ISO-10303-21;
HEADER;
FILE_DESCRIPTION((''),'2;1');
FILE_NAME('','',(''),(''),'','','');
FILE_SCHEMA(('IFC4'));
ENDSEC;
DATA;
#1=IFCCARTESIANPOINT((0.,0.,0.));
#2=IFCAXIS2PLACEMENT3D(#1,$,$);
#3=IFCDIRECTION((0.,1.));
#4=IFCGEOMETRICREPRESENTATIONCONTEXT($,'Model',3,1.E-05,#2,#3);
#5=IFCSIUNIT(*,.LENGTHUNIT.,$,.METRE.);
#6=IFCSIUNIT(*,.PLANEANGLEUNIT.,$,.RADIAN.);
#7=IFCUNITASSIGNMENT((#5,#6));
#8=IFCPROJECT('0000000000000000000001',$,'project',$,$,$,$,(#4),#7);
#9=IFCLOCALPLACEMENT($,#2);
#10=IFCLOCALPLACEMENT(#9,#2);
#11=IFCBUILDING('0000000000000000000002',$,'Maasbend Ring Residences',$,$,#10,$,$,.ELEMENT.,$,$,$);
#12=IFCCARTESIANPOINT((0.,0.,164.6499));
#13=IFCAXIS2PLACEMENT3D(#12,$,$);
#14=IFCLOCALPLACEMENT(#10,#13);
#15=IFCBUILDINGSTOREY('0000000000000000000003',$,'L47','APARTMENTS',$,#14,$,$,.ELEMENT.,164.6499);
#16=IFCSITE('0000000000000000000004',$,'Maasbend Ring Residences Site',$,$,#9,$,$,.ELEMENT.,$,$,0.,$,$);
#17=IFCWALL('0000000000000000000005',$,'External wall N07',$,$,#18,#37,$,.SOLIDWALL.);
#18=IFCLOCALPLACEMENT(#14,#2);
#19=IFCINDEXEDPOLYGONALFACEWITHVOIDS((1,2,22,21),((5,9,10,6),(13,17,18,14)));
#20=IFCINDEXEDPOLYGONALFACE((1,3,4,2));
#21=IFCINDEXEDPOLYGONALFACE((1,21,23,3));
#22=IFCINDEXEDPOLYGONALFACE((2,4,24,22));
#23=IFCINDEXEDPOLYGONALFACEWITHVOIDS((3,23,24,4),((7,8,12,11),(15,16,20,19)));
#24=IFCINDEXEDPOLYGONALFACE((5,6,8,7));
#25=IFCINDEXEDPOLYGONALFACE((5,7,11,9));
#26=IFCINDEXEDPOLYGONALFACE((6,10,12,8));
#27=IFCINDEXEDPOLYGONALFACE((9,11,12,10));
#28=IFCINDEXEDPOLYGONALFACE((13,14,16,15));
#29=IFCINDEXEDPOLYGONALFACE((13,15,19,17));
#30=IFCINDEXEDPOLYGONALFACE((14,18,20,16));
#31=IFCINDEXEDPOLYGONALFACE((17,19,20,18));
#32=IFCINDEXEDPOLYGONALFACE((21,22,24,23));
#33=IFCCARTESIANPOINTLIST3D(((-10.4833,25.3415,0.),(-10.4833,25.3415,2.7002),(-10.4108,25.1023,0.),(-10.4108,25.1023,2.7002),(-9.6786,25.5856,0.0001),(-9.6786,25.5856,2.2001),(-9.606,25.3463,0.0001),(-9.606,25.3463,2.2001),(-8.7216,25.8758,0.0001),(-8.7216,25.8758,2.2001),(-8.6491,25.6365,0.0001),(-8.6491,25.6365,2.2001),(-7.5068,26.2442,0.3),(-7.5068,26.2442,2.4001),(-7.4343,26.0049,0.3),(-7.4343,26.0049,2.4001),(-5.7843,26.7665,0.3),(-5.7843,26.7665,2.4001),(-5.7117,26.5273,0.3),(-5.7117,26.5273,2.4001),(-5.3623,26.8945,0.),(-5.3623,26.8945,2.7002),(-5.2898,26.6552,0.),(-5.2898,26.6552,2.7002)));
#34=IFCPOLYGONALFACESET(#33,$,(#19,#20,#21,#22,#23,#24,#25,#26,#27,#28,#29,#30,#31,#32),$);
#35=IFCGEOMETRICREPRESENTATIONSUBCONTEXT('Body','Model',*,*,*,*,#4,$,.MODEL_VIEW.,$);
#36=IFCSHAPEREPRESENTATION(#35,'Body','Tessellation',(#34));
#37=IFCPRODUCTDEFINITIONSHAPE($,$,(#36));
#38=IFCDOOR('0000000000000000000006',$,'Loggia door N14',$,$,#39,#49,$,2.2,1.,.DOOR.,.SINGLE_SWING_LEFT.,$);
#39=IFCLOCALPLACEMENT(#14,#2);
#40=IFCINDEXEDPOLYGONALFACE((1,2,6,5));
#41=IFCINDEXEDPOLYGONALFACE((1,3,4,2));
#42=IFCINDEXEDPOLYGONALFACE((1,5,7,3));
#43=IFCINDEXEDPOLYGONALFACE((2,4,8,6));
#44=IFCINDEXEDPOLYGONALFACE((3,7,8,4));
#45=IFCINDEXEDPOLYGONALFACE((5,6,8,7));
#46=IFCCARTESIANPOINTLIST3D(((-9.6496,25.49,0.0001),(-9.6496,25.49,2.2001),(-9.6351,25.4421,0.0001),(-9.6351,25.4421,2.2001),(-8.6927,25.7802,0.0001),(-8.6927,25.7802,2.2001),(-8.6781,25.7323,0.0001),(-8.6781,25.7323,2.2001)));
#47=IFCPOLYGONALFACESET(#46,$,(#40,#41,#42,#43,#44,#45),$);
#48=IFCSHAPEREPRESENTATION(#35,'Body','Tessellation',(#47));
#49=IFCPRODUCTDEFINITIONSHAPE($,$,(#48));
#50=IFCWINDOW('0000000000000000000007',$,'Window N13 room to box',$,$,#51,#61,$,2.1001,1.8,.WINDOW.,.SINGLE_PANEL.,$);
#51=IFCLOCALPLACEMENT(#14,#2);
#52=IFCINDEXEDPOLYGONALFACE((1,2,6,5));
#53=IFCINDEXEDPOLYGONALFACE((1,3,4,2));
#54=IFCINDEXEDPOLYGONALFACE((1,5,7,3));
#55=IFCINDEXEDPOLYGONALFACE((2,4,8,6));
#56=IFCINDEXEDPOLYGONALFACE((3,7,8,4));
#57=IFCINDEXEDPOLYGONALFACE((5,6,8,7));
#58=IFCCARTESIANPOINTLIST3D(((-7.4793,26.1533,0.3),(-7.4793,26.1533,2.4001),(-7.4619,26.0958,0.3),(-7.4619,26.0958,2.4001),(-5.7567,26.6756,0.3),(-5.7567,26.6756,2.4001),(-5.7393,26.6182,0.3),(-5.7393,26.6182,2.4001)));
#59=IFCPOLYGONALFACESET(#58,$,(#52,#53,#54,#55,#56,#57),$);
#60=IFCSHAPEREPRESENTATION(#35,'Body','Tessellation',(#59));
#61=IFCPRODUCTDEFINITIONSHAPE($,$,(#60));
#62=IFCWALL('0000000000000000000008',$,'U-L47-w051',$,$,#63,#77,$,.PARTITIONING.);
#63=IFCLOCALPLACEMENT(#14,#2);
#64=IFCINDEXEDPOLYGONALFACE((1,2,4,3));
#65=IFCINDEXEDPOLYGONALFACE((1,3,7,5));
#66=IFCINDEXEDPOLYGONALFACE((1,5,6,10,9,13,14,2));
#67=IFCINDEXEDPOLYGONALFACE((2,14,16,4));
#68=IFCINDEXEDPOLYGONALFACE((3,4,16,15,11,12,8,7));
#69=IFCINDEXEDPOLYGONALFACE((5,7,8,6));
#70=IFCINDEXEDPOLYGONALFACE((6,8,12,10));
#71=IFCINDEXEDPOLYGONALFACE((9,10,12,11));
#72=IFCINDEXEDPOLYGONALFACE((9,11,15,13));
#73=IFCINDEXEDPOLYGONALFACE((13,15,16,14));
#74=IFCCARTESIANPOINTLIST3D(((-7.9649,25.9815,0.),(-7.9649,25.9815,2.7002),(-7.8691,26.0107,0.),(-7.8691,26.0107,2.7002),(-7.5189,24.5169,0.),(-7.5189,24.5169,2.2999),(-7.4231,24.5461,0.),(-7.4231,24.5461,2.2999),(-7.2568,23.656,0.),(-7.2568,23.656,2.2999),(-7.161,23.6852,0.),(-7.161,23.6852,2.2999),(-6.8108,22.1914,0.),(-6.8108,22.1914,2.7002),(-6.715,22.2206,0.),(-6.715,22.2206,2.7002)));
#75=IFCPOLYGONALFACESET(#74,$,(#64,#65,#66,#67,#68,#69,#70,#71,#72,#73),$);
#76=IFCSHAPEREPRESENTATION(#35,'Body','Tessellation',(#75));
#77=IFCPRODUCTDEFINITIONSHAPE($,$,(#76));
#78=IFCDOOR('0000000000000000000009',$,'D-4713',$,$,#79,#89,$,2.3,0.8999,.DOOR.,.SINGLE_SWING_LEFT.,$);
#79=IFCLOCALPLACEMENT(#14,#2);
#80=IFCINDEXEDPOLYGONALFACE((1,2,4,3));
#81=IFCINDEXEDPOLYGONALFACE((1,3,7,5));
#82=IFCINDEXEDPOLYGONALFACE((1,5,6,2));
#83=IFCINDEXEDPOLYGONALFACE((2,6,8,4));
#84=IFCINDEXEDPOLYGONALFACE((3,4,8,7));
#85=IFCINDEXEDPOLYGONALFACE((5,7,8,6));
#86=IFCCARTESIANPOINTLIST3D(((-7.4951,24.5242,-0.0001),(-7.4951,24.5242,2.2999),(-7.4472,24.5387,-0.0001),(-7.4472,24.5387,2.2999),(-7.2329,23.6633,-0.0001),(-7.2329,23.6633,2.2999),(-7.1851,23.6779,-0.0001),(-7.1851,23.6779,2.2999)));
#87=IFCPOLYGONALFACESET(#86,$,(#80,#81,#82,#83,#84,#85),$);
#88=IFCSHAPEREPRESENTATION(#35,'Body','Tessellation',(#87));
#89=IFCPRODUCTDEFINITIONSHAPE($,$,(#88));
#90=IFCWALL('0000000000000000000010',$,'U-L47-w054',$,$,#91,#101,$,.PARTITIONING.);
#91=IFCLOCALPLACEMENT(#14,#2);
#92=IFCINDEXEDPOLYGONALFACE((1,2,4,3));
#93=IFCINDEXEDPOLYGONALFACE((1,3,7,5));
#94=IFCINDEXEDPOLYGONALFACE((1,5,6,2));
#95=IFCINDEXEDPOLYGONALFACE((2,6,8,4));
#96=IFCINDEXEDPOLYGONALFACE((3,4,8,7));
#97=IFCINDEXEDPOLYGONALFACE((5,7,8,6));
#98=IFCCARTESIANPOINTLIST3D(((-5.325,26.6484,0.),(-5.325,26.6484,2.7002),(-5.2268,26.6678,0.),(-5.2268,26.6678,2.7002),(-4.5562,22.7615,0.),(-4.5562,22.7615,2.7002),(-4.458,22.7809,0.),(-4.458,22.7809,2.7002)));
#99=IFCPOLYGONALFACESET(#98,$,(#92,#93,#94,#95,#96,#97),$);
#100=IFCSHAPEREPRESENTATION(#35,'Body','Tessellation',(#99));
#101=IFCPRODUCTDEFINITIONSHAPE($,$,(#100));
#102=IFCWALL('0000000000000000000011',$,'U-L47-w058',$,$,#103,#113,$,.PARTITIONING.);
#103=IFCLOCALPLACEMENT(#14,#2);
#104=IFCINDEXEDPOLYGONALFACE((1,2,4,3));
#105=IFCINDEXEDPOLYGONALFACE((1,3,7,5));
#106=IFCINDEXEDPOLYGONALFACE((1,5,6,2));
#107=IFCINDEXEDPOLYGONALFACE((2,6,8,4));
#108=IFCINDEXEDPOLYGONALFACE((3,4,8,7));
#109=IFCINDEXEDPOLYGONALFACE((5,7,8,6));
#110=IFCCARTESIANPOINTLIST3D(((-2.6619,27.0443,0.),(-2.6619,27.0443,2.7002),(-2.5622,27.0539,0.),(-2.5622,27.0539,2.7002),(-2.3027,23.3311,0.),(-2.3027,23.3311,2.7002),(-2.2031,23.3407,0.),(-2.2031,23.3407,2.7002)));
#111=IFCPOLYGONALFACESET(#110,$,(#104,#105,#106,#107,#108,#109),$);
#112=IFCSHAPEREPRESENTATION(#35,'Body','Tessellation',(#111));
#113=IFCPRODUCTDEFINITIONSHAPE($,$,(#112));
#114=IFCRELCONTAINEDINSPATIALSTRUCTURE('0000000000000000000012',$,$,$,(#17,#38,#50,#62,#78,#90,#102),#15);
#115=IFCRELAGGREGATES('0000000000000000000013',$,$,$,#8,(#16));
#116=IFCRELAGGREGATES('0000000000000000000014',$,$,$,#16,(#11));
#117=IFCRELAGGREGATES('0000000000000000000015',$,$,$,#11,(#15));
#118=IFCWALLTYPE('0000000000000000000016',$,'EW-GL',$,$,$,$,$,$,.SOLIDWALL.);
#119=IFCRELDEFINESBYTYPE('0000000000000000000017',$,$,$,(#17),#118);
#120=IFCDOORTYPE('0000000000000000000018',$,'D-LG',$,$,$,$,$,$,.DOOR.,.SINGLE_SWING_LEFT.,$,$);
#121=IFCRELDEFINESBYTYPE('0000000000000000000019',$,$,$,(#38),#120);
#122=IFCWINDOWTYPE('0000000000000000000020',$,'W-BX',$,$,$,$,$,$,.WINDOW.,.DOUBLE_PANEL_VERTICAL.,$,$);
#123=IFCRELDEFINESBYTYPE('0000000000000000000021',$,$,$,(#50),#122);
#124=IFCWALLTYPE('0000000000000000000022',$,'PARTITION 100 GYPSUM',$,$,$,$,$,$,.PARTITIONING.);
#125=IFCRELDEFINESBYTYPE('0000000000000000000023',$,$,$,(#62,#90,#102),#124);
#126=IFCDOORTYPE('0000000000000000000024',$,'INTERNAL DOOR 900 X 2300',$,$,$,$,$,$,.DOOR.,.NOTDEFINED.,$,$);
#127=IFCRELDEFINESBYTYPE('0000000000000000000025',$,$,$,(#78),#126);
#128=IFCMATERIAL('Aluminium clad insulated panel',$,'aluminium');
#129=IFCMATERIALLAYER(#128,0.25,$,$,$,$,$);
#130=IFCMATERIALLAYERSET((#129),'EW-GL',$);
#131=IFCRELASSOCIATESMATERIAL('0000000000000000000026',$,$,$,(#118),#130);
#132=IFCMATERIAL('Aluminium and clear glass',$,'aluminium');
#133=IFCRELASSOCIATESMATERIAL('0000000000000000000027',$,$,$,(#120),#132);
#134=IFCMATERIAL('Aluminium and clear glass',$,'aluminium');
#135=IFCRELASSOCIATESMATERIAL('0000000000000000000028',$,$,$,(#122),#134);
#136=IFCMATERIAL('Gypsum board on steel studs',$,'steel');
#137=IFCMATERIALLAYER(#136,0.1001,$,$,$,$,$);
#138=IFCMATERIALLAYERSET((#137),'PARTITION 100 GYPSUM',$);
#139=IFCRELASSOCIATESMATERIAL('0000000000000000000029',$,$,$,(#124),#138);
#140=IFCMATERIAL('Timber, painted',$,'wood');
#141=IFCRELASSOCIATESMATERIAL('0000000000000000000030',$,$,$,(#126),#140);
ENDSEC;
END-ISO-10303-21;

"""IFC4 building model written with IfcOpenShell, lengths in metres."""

from ifc_helpers import new_model, si_unit, direction, frame, frame_2d, origin, place, context, subcontext, project, spatial, rectangle, extrude, material, layer, layer_set, type_object, element, fill, save


model = new_model("IFC4")

# Units and contexts
model_context = context("Model", 3, precision=1e-05, world=origin(), true_north=direction((0.0, 1.0)))
body_context = subcontext(model_context, "Body", "Model", "MODEL_VIEW")
ifc_project = project(units=[si_unit("LENGTHUNIT", "METRE"), si_unit("PLANEANGLEUNIT", "RADIAN")], contexts=[model_context])

# Site, building, storey
site_placement = place(None, origin())
site = spatial("IfcSite", under=ifc_project, at=site_placement, Name="Maasbend Ring Residences Site", CompositionType="ELEMENT", RefElevation=0.0)
building_placement = place(site_placement, origin())
building = spatial("IfcBuilding", under=site, at=building_placement, Name="Maasbend Ring Residences", CompositionType="ELEMENT")
storey_placement = place(building_placement, frame((0.0, 0.0, 164.6499)))
storey = spatial("IfcBuildingStorey", under=building, at=storey_placement, Name="L47", Description="APARTMENTS", CompositionType="ELEMENT", Elevation=164.6499)

# Wall, openings, door, window
ifc_material_1 = material(Name="Aluminium clad insulated panel", Category="aluminium")
ifc_layer_1 = layer(ifc_material_1, 0.25)
ifc_layer_set_1 = layer_set([ifc_layer_1], Name="EW-GL")
wall_type_1 = type_object("IfcWallType", Name="EW-GL", PredefinedType="SOLIDWALL", material=ifc_layer_set_1)
wall_1_placement = place(storey_placement, frame((-5.3259, 26.7749, 0.0), z_axis=(0.0, 0.0, 1.0), x_axis=(-0.956966, -0.290201, 0.0)))
wall_1 = element("IfcWall", 1, at=wall_1_placement, inside=storey, type_object=wall_type_1, Name="External wall N07", PredefinedType="SOLIDWALL", context=body_context, shape_type="SweptSolid", body=[
    extrude(rectangle(XDim=5.3513, YDim=0.25, at=frame_2d((2.6758, 0.0))), origin(), (0.0, 0.0, 1.0), 2.7002),
])
opening_1_placement = place(wall_1_placement, frame((0.4412, 0.0, 0.3)))
opening_1 = element("IfcOpeningElement", 2, at=opening_1_placement, cuts=wall_1, PredefinedType="OPENING", context=body_context, shape_type="SweptSolid", body=[
    extrude(rectangle(XDim=1.8, YDim=2.1001, at=frame_2d((0.8999, 1.05))), frame((0.0, 0.135, 0.0), z_axis=(0.0, -1.0, 0.0), x_axis=(1.0, 0.0, 0.0)), (0.0, 0.0, 1.0), 0.27),
])
opening_2_placement = place(wall_1_placement, frame((3.5105, 0.0, 0.0)))
opening_2 = element("IfcOpeningElement", 3, at=opening_2_placement, cuts=wall_1, PredefinedType="OPENING", context=body_context, shape_type="SweptSolid", body=[
    extrude(rectangle(XDim=1.0, YDim=2.2, at=frame_2d((0.5, 1.1001))), frame((0.0, 0.135, 0.0), z_axis=(0.0, -1.0, 0.0), x_axis=(1.0, 0.0, 0.0)), (0.0, 0.0, 1.0), 0.27),
])
ifc_material_2 = material(Name="Aluminium and clear glass", Category="aluminium")
door_type_1 = type_object("IfcDoorType", Name="D-LG", OperationType="SINGLE_SWING_LEFT", PredefinedType="DOOR", material=ifc_material_2)
door_1_placement = place(opening_2_placement, origin())
door_1 = element("IfcDoor", 4, at=door_1_placement, inside=storey, type_object=door_type_1, Name="Loggia door N14", OperationType="SINGLE_SWING_LEFT", OverallHeight=2.2, OverallWidth=1.0, PredefinedType="DOOR", context=body_context, shape_type="SweptSolid", body=[
    extrude(rectangle(XDim=1.0, YDim=2.2, at=frame_2d((0.5, 1.1001))), frame((0.0, 0.0249, 0.0), z_axis=(0.0, -1.0, 0.0), x_axis=(1.0, 0.0, 0.0)), (0.0, 0.0, 1.0), 0.05),
])
fill(opening_2, door_1)
ifc_material_3 = material(Name="Aluminium and clear glass", Category="aluminium")
window_type_1 = type_object("IfcWindowType", Name="W-BX", PartitioningType="DOUBLE_PANEL_VERTICAL", PredefinedType="WINDOW", material=ifc_material_3)
window_1_placement = place(opening_1_placement, origin())
window_1 = element("IfcWindow", 5, at=window_1_placement, inside=storey, type_object=window_type_1, Name="Window N13 room to box", OverallHeight=2.1001, OverallWidth=1.8, PartitioningType="SINGLE_PANEL", PredefinedType="WINDOW", context=body_context, shape_type="SweptSolid", body=[
    extrude(rectangle(XDim=1.8, YDim=2.1001, at=frame_2d((0.8999, 1.05))), frame((0.0, 0.03, 0.0), z_axis=(0.0, -1.0, 0.0), x_axis=(1.0, 0.0, 0.0)), (0.0, 0.0, 1.0), 0.0601),
])
fill(opening_1, window_1)

# Wall, opening, door
ifc_material_4 = material(Name="Gypsum board on steel studs", Category="steel")
ifc_layer_2 = layer(ifc_material_4, 0.1001)
ifc_layer_set_2 = layer_set([ifc_layer_2], Name="PARTITION 100 GYPSUM")
wall_type_2 = type_object("IfcWallType", Name="PARTITION 100 GYPSUM", PredefinedType="PARTITIONING", material=ifc_layer_set_2)
wall_2_placement = place(storey_placement, frame((-7.917, 25.9961, 0.0), z_axis=(0.0, 0.0, 1.0), x_axis=(0.291292, -0.956634, 0.0)))
wall_2 = element("IfcWall", 6, at=wall_2_placement, inside=storey, type_object=wall_type_2, Name="U-L47-w051", PredefinedType="PARTITIONING", context=body_context, shape_type="SweptSolid", body=[
    extrude(rectangle(XDim=3.9619, YDim=0.1001, at=frame_2d((1.981, 0.0))), origin(), (0.0, 0.0, 1.0), 2.7002),
])
opening_3_placement = place(wall_2_placement, frame((1.531, 0.0, 0.0)))
opening_3 = element("IfcOpeningElement", 7, at=opening_3_placement, cuts=wall_2, PredefinedType="OPENING", context=body_context, shape_type="SweptSolid", body=[
    extrude(rectangle(XDim=0.8999, YDim=2.3, at=frame_2d((0.45, 1.1499))), frame((0.0, 0.0601, 0.0), z_axis=(0.0, -1.0, 0.0), x_axis=(1.0, 0.0, 0.0)), (0.0, 0.0, 1.0), 0.1201),
])
ifc_material_5 = material(Name="Timber, painted", Category="wood")
door_type_2 = type_object("IfcDoorType", Name="INTERNAL DOOR 900 X 2300", OperationType="NOTDEFINED", PredefinedType="DOOR", material=ifc_material_5)
door_2_placement = place(opening_3_placement, origin())
door_2 = element("IfcDoor", 8, at=door_2_placement, inside=storey, type_object=door_type_2, Name="D-4713", OperationType="SINGLE_SWING_LEFT", OverallHeight=2.3, OverallWidth=0.8999, PredefinedType="DOOR", context=body_context, shape_type="SweptSolid", body=[
    extrude(rectangle(XDim=0.8999, YDim=2.3, at=frame_2d((0.45, 1.1499))), frame((0.0, 0.0249, 0.0), z_axis=(0.0, -1.0, 0.0), x_axis=(1.0, 0.0, 0.0)), (0.0, 0.0, 1.0), 0.05),
])
fill(opening_3, door_2)

# Walls
wall_3_placement = place(storey_placement, frame((-5.2759, 26.658, 0.0), z_axis=(0.0, 0.0, 1.0), x_axis=(0.19403, -0.980996, 0.0)))
element("IfcWall", 9, at=wall_3_placement, inside=storey, type_object=wall_type_2, Name="U-L47-w054", PredefinedType="PARTITIONING", context=body_context, shape_type="SweptSolid", body=[
    extrude(rectangle(XDim=3.9622, YDim=0.1001, at=frame_2d((1.981, 0.0))), origin(), (0.0, 0.0, 1.0), 2.7002),
])
wall_4_placement = place(storey_placement, frame((-2.6121, 27.0491, 0.0), z_axis=(0.0, 0.0, 1.0), x_axis=(0.09627, -0.995355, 0.0)))
element("IfcWall", 10, at=wall_4_placement, inside=storey, type_object=wall_type_2, Name="U-L47-w058", PredefinedType="PARTITIONING", context=body_context, shape_type="SweptSolid", body=[
    extrude(rectangle(XDim=3.7305, YDim=0.1001, at=frame_2d((1.8652, 0.0))), origin(), (0.0, 0.0, 1.0), 2.7002),
])

save(model, "model.ifc")
